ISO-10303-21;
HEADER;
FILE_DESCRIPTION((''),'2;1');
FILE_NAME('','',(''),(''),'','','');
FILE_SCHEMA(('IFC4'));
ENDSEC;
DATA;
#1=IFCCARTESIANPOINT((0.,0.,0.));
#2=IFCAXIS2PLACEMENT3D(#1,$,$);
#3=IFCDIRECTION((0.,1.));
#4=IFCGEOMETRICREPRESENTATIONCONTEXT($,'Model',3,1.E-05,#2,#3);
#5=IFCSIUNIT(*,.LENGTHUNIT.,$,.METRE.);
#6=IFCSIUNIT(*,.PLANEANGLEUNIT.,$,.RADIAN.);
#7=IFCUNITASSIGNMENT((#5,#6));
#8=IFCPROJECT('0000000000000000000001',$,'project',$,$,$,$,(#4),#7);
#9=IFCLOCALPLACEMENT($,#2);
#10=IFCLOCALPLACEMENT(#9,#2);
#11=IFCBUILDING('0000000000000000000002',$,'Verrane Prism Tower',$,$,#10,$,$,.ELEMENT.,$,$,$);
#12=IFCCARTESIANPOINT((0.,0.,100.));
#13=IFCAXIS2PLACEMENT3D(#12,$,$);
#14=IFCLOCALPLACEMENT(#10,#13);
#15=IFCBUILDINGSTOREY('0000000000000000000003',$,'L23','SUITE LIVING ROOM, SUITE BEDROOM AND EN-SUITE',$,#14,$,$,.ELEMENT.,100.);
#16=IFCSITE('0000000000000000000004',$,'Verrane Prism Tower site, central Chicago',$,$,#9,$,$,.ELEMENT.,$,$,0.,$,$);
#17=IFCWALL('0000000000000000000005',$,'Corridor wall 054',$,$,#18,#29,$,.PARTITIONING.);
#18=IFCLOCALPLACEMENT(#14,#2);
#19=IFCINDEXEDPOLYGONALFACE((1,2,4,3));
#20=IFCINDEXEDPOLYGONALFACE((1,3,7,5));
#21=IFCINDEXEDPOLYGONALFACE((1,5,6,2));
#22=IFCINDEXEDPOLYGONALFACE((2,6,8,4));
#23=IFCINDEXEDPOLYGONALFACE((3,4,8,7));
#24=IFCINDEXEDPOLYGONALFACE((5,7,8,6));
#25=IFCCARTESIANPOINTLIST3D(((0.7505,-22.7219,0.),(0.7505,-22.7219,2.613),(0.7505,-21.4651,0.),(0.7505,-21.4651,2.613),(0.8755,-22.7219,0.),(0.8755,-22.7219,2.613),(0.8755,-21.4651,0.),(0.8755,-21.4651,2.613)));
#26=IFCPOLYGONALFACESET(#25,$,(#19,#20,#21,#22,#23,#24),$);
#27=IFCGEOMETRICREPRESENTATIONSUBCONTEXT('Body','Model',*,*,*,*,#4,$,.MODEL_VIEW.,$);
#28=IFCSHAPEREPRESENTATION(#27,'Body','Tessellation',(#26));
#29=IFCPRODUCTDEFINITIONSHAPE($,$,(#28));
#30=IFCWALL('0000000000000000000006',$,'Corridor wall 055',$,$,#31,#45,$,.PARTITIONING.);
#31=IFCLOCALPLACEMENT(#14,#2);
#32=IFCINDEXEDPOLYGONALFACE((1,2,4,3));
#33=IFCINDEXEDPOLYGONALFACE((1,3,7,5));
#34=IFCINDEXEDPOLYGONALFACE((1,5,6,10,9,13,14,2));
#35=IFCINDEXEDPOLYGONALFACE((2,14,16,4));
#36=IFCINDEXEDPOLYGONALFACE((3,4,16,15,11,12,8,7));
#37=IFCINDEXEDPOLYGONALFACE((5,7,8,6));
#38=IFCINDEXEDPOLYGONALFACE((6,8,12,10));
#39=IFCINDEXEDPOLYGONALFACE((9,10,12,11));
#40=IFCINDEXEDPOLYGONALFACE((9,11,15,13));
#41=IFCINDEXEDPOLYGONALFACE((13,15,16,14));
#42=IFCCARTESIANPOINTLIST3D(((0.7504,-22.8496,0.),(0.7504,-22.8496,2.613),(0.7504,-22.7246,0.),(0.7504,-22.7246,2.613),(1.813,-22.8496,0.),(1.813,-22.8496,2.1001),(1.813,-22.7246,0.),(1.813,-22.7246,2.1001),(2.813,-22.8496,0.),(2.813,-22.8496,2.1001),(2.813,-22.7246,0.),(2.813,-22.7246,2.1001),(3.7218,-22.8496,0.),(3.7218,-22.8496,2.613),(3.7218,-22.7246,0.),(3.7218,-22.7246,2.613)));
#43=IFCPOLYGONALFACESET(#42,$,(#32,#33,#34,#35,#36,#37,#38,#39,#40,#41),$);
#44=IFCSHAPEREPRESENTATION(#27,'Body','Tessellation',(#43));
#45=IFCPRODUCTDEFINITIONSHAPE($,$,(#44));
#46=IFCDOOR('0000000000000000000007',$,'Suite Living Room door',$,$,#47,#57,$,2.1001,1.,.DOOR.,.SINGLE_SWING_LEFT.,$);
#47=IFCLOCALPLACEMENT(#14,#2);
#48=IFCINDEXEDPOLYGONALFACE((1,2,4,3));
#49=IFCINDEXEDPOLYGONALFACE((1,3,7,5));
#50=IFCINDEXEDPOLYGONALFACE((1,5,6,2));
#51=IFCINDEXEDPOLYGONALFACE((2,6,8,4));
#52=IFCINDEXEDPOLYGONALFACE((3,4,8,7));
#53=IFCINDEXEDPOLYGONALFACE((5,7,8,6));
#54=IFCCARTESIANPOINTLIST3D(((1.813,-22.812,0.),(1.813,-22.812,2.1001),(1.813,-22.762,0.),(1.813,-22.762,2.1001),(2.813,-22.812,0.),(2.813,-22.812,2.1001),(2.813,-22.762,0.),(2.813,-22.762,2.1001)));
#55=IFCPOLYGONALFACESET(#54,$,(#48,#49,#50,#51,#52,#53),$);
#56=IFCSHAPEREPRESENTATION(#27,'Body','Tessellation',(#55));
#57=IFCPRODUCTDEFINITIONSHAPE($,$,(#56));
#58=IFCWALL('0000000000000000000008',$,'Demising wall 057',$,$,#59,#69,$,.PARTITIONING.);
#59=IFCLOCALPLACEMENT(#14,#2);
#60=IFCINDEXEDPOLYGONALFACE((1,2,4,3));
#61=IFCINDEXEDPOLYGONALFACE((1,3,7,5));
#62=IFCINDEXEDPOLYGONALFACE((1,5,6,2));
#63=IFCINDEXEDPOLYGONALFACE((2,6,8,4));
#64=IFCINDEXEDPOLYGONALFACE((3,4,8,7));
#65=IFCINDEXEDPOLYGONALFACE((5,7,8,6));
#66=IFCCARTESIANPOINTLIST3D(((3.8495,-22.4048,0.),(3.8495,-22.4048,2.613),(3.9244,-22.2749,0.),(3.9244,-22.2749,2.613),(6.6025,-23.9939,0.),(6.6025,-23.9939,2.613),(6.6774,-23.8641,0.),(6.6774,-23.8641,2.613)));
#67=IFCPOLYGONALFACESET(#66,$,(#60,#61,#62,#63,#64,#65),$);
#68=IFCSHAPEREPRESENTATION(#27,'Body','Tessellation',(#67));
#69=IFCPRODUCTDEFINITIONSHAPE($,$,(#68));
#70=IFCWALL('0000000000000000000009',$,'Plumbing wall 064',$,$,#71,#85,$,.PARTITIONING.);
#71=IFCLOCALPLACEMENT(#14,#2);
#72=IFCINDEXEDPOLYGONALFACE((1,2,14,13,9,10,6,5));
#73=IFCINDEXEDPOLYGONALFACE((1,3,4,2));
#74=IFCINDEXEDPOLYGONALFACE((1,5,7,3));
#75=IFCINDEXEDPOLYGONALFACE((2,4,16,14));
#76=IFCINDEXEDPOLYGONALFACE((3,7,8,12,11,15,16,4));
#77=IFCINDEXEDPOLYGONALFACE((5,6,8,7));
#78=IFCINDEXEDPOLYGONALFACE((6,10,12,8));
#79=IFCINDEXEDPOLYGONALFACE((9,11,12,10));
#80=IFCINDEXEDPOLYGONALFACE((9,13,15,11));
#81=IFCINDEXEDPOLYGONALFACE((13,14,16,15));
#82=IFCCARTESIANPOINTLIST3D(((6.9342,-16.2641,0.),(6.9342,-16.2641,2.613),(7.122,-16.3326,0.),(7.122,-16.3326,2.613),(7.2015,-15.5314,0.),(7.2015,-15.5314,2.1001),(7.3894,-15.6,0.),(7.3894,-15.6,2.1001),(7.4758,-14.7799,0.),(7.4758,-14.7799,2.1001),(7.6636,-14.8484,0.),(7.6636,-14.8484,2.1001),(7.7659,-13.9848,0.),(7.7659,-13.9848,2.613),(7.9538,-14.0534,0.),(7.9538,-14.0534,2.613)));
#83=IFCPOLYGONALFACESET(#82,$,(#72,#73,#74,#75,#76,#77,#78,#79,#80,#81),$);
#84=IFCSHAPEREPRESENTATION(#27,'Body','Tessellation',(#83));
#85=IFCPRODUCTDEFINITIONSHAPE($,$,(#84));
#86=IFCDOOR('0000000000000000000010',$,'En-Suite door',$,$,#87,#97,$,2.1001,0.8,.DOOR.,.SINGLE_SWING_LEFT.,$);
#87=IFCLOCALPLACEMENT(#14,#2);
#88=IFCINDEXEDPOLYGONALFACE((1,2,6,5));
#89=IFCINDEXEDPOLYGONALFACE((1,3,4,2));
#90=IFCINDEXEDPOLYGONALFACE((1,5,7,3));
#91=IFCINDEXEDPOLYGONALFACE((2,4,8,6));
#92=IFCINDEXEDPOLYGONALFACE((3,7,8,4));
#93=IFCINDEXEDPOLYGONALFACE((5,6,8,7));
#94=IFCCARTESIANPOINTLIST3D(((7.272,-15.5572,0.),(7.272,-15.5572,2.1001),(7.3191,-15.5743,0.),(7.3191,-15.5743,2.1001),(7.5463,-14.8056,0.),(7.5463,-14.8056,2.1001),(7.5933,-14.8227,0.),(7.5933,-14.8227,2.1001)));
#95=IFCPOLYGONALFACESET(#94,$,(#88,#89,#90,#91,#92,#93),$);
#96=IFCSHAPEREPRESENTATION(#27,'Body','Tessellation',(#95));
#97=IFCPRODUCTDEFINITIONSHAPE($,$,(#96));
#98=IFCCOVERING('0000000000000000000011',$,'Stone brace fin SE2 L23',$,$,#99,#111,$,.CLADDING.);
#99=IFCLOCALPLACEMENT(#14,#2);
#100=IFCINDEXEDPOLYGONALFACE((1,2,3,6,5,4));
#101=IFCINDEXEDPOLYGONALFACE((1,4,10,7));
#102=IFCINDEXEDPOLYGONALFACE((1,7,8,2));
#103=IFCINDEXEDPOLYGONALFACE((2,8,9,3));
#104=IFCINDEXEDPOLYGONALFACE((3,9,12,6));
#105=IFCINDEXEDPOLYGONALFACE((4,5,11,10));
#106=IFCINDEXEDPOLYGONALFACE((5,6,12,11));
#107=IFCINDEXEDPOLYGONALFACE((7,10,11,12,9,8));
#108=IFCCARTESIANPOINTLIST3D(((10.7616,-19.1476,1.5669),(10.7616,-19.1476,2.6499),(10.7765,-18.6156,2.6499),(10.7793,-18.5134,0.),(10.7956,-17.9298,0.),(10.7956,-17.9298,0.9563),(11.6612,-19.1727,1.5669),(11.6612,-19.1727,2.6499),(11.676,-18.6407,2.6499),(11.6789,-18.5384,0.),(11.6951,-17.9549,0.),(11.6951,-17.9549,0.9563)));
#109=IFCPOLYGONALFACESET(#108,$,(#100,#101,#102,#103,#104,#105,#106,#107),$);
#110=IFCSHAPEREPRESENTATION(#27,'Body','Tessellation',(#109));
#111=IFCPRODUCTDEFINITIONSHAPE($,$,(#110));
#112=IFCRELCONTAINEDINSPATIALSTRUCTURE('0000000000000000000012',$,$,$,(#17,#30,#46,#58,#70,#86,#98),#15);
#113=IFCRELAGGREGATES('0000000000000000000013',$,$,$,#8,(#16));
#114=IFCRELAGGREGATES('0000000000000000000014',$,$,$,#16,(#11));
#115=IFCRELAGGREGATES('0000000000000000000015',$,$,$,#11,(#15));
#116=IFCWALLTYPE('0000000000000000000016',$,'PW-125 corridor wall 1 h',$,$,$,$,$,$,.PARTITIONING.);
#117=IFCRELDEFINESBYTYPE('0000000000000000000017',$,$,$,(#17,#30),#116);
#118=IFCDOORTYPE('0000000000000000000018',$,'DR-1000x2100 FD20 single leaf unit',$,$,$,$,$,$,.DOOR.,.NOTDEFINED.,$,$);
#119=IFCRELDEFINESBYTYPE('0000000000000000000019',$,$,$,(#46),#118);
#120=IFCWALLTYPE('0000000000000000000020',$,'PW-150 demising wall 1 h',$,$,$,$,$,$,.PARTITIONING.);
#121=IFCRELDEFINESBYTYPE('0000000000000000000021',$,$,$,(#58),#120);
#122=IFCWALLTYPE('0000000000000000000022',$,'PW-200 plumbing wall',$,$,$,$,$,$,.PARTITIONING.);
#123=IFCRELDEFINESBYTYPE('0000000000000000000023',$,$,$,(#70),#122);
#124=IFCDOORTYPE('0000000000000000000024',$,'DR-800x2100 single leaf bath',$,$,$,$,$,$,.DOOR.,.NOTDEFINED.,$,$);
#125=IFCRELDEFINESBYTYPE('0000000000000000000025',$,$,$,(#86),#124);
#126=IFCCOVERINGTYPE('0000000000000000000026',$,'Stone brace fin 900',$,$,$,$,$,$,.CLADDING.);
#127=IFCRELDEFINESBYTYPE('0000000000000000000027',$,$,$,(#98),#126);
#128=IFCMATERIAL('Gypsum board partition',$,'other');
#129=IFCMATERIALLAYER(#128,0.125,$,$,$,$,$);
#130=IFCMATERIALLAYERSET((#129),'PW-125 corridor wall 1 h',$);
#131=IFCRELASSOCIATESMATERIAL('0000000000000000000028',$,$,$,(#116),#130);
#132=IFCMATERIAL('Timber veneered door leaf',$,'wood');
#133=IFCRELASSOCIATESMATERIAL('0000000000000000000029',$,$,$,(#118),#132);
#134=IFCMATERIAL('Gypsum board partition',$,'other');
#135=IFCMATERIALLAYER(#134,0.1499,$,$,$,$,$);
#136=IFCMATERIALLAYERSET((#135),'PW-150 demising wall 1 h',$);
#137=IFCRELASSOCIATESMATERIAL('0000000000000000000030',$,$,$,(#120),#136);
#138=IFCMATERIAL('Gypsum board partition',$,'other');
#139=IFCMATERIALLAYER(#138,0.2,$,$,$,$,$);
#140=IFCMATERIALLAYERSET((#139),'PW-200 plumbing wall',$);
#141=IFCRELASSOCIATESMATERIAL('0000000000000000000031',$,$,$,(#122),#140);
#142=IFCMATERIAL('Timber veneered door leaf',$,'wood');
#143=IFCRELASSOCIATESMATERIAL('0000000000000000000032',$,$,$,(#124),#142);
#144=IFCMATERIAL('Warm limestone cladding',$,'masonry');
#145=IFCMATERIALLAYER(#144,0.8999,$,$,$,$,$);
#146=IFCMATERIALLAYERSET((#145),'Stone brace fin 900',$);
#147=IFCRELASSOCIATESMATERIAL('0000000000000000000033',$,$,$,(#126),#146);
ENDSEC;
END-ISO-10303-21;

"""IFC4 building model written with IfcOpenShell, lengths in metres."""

from ifc_helpers import new_model, si_unit, direction, frame, frame_2d, origin, place, context, subcontext, project, spatial, polyline, rectangle, outline, extrude, material, layer, layer_set, type_object, element, fill, save


model = new_model("IFC4")

# Units and contexts
model_context = context("Model", 3, precision=1e-05, world=origin(), true_north=direction((0.0, 1.0)))
body_context = subcontext(model_context, "Body", "Model", "MODEL_VIEW")
ifc_project = project(units=[si_unit("LENGTHUNIT", "METRE"), si_unit("PLANEANGLEUNIT", "RADIAN")], contexts=[model_context])

# Site, building, storey
site_placement = place(None, origin())
site = spatial("IfcSite", under=ifc_project, at=site_placement, Name="Verrane Prism Tower site, central Chicago", CompositionType="ELEMENT", RefElevation=0.0)
building_placement = place(site_placement, origin())
building = spatial("IfcBuilding", under=site, at=building_placement, Name="Verrane Prism Tower", CompositionType="ELEMENT")
storey_placement = place(building_placement, frame((0.0, 0.0, 100.0)))
storey = spatial("IfcBuildingStorey", under=building, at=storey_placement, Name="L23", Description="SUITE LIVING ROOM, SUITE BEDROOM AND EN-SUITE", CompositionType="ELEMENT", Elevation=100.0)

# Wall
ifc_material_1 = material(Name="Gypsum board partition", Category="other")
ifc_layer_1 = layer(ifc_material_1, 0.125)
ifc_layer_set_1 = layer_set([ifc_layer_1], Name="PW-125 corridor wall 1 h")
wall_type_1 = type_object("IfcWallType", Name="PW-125 corridor wall 1 h", PredefinedType="PARTITIONING", material=ifc_layer_set_1)
wall_1_placement = place(storey_placement, frame((0.813, -22.7219, 0.0), z_axis=(0.0, 0.0, 1.0), x_axis=(0.0, 1.0, 0.0)))
element("IfcWall", 1, at=wall_1_placement, inside=storey, type_object=wall_type_1, Name="Corridor wall 054", PredefinedType="PARTITIONING", context=body_context, shape_type="SweptSolid", body=[
    extrude(rectangle(XDim=1.2568, YDim=0.125, at=frame_2d((0.6284, 0.0))), origin(), (0.0, 0.0, 1.0), 2.613),
])

# Wall, opening, door
wall_2_placement = place(storey_placement, frame((3.7219, -22.7871, 0.0), z_axis=(0.0, 0.0, 1.0), x_axis=(-1.0, 0.0, 0.0)))
wall_2 = element("IfcWall", 2, at=wall_2_placement, inside=storey, type_object=wall_type_1, Name="Corridor wall 055", PredefinedType="PARTITIONING", context=body_context, shape_type="SweptSolid", body=[
    extrude(rectangle(XDim=2.9714, YDim=0.125, at=frame_2d((1.4858, 0.0))), origin(), (0.0, 0.0, 1.0), 2.613),
])
opening_1_placement = place(wall_2_placement, frame((0.9089, 0.0, 0.0)))
opening_1 = element("IfcOpeningElement", 3, at=opening_1_placement, cuts=wall_2, PredefinedType="OPENING", context=body_context, shape_type="SweptSolid", body=[
    extrude(rectangle(XDim=1.0, YDim=2.1001, at=frame_2d((0.5, 1.05))), frame((0.0, 0.0725, 0.0), z_axis=(0.0, -1.0, 0.0), x_axis=(1.0, 0.0, 0.0)), (0.0, 0.0, 1.0), 0.145),
])
ifc_material_2 = material(Name="Timber veneered door leaf", Category="wood")
door_type_1 = type_object("IfcDoorType", Name="DR-1000x2100 FD20 single leaf unit", OperationType="NOTDEFINED", PredefinedType="DOOR", material=ifc_material_2)
door_1_placement = place(opening_1_placement, origin())
door_1 = element("IfcDoor", 4, at=door_1_placement, inside=storey, type_object=door_type_1, Name="Suite Living Room door", OperationType="SINGLE_SWING_LEFT", OverallHeight=2.1001, OverallWidth=1.0, PredefinedType="DOOR", context=body_context, shape_type="SweptSolid", body=[
    extrude(rectangle(XDim=1.0, YDim=2.1001, at=frame_2d((0.5, 1.05))), frame((0.0, 0.0249, 0.0), z_axis=(0.0, -1.0, 0.0), x_axis=(1.0, 0.0, 0.0)), (0.0, 0.0, 1.0), 0.05),
])
fill(opening_1, door_1)

# Wall
ifc_material_3 = material(Name="Gypsum board partition", Category="other")
ifc_layer_2 = layer(ifc_material_3, 0.1499)
ifc_layer_set_2 = layer_set([ifc_layer_2], Name="PW-150 demising wall 1 h")
wall_type_2 = type_object("IfcWallType", Name="PW-150 demising wall 1 h", PredefinedType="PARTITIONING", material=ifc_layer_set_2)
wall_3_placement = place(storey_placement, frame((3.887, -22.3398, 0.0), z_axis=(0.0, 0.0, 1.0), x_axis=(0.866065, -0.499931, 0.0)))
element("IfcWall", 5, at=wall_3_placement, inside=storey, type_object=wall_type_2, Name="Demising wall 057", PredefinedType="PARTITIONING", context=body_context, shape_type="SweptSolid", body=[
    extrude(rectangle(XDim=3.1787, YDim=0.1499, at=frame_2d((1.5894, 0.0))), origin(), (0.0, 0.0, 1.0), 2.613),
])

# Wall, opening, door
ifc_material_4 = material(Name="Gypsum board partition", Category="other")
ifc_layer_3 = layer(ifc_material_4, 0.2)
ifc_layer_set_3 = layer_set([ifc_layer_3], Name="PW-200 plumbing wall")
wall_type_3 = type_object("IfcWallType", Name="PW-200 plumbing wall", PredefinedType="PARTITIONING", material=ifc_layer_set_3)
wall_4_placement = place(storey_placement, frame((7.0281, -16.2983, 0.0), z_axis=(0.0, 0.0, 1.0), x_axis=(0.342817, 0.939402, 0.0)))
wall_4 = element("IfcWall", 6, at=wall_4_placement, inside=storey, type_object=wall_type_3, Name="Plumbing wall 064", PredefinedType="PARTITIONING", context=body_context, shape_type="SweptSolid", body=[
    extrude(rectangle(XDim=2.4263, YDim=0.2, at=frame_2d((1.2131, 0.0))), origin(), (0.0, 0.0, 1.0), 2.613),
])
opening_2_placement = place(wall_4_placement, frame((0.78, 0.0, 0.0)))
opening_2 = element("IfcOpeningElement", 7, at=opening_2_placement, cuts=wall_4, PredefinedType="OPENING", context=body_context, shape_type="SweptSolid", body=[
    extrude(rectangle(XDim=0.8, YDim=2.1001, at=frame_2d((0.3999, 1.05))), frame((0.0, 0.1099, 0.0), z_axis=(0.0, -1.0, 0.0), x_axis=(1.0, 0.0, 0.0)), (0.0, 0.0, 1.0), 0.22),
])
ifc_material_5 = material(Name="Timber veneered door leaf", Category="wood")
door_type_2 = type_object("IfcDoorType", Name="DR-800x2100 single leaf bath", OperationType="NOTDEFINED", PredefinedType="DOOR", material=ifc_material_5)
door_2_placement = place(opening_2_placement, origin())
door_2 = element("IfcDoor", 8, at=door_2_placement, inside=storey, type_object=door_type_2, Name="En-Suite door", OperationType="SINGLE_SWING_LEFT", OverallHeight=2.1001, OverallWidth=0.8, PredefinedType="DOOR", context=body_context, shape_type="SweptSolid", body=[
    extrude(rectangle(XDim=0.8, YDim=2.1001, at=frame_2d((0.3999, 1.05))), frame((0.0, 0.0249, 0.0), z_axis=(0.0, -1.0, 0.0), x_axis=(1.0, 0.0, 0.0)), (0.0, 0.0, 1.0), 0.05),
])
fill(opening_2, door_2)

# Covering
ifc_material_6 = material(Name="Warm limestone cladding", Category="masonry")
ifc_layer_4 = layer(ifc_material_6, 0.8999)
ifc_layer_set_4 = layer_set([ifc_layer_4], Name="Stone brace fin 900")
covering_type = type_object("IfcCoveringType", Name="Stone brace fin 900", PredefinedType="CLADDING", material=ifc_layer_set_4)
covering_placement = place(storey_placement, frame((11.2454, -17.9424, 0.0), z_axis=(0.0, 0.0, 1.0), x_axis=(-0.027856, -0.999612, 0.0)))
element("IfcCovering", 9, at=covering_placement, inside=storey, type_object=covering_type, Name="Stone brace fin SE2 L23", PredefinedType="CLADDING", context=body_context, shape_type="SweptSolid", body=[
    extrude(outline(polyline([(1.2183, 2.6499), (0.686, 2.6499), (0.0, 0.9563), (0.0, 0.0), (0.5837, 0.0), (1.2183, 1.5669), (1.2183, 2.6499)])), frame((0.0, 0.45, 0.0), z_axis=(0.0, -1.0, 0.0), x_axis=(1.0, 0.0, 0.0)), (0.0, 0.0, 1.0), 0.8999),
])

save(model, "model.ifc")
